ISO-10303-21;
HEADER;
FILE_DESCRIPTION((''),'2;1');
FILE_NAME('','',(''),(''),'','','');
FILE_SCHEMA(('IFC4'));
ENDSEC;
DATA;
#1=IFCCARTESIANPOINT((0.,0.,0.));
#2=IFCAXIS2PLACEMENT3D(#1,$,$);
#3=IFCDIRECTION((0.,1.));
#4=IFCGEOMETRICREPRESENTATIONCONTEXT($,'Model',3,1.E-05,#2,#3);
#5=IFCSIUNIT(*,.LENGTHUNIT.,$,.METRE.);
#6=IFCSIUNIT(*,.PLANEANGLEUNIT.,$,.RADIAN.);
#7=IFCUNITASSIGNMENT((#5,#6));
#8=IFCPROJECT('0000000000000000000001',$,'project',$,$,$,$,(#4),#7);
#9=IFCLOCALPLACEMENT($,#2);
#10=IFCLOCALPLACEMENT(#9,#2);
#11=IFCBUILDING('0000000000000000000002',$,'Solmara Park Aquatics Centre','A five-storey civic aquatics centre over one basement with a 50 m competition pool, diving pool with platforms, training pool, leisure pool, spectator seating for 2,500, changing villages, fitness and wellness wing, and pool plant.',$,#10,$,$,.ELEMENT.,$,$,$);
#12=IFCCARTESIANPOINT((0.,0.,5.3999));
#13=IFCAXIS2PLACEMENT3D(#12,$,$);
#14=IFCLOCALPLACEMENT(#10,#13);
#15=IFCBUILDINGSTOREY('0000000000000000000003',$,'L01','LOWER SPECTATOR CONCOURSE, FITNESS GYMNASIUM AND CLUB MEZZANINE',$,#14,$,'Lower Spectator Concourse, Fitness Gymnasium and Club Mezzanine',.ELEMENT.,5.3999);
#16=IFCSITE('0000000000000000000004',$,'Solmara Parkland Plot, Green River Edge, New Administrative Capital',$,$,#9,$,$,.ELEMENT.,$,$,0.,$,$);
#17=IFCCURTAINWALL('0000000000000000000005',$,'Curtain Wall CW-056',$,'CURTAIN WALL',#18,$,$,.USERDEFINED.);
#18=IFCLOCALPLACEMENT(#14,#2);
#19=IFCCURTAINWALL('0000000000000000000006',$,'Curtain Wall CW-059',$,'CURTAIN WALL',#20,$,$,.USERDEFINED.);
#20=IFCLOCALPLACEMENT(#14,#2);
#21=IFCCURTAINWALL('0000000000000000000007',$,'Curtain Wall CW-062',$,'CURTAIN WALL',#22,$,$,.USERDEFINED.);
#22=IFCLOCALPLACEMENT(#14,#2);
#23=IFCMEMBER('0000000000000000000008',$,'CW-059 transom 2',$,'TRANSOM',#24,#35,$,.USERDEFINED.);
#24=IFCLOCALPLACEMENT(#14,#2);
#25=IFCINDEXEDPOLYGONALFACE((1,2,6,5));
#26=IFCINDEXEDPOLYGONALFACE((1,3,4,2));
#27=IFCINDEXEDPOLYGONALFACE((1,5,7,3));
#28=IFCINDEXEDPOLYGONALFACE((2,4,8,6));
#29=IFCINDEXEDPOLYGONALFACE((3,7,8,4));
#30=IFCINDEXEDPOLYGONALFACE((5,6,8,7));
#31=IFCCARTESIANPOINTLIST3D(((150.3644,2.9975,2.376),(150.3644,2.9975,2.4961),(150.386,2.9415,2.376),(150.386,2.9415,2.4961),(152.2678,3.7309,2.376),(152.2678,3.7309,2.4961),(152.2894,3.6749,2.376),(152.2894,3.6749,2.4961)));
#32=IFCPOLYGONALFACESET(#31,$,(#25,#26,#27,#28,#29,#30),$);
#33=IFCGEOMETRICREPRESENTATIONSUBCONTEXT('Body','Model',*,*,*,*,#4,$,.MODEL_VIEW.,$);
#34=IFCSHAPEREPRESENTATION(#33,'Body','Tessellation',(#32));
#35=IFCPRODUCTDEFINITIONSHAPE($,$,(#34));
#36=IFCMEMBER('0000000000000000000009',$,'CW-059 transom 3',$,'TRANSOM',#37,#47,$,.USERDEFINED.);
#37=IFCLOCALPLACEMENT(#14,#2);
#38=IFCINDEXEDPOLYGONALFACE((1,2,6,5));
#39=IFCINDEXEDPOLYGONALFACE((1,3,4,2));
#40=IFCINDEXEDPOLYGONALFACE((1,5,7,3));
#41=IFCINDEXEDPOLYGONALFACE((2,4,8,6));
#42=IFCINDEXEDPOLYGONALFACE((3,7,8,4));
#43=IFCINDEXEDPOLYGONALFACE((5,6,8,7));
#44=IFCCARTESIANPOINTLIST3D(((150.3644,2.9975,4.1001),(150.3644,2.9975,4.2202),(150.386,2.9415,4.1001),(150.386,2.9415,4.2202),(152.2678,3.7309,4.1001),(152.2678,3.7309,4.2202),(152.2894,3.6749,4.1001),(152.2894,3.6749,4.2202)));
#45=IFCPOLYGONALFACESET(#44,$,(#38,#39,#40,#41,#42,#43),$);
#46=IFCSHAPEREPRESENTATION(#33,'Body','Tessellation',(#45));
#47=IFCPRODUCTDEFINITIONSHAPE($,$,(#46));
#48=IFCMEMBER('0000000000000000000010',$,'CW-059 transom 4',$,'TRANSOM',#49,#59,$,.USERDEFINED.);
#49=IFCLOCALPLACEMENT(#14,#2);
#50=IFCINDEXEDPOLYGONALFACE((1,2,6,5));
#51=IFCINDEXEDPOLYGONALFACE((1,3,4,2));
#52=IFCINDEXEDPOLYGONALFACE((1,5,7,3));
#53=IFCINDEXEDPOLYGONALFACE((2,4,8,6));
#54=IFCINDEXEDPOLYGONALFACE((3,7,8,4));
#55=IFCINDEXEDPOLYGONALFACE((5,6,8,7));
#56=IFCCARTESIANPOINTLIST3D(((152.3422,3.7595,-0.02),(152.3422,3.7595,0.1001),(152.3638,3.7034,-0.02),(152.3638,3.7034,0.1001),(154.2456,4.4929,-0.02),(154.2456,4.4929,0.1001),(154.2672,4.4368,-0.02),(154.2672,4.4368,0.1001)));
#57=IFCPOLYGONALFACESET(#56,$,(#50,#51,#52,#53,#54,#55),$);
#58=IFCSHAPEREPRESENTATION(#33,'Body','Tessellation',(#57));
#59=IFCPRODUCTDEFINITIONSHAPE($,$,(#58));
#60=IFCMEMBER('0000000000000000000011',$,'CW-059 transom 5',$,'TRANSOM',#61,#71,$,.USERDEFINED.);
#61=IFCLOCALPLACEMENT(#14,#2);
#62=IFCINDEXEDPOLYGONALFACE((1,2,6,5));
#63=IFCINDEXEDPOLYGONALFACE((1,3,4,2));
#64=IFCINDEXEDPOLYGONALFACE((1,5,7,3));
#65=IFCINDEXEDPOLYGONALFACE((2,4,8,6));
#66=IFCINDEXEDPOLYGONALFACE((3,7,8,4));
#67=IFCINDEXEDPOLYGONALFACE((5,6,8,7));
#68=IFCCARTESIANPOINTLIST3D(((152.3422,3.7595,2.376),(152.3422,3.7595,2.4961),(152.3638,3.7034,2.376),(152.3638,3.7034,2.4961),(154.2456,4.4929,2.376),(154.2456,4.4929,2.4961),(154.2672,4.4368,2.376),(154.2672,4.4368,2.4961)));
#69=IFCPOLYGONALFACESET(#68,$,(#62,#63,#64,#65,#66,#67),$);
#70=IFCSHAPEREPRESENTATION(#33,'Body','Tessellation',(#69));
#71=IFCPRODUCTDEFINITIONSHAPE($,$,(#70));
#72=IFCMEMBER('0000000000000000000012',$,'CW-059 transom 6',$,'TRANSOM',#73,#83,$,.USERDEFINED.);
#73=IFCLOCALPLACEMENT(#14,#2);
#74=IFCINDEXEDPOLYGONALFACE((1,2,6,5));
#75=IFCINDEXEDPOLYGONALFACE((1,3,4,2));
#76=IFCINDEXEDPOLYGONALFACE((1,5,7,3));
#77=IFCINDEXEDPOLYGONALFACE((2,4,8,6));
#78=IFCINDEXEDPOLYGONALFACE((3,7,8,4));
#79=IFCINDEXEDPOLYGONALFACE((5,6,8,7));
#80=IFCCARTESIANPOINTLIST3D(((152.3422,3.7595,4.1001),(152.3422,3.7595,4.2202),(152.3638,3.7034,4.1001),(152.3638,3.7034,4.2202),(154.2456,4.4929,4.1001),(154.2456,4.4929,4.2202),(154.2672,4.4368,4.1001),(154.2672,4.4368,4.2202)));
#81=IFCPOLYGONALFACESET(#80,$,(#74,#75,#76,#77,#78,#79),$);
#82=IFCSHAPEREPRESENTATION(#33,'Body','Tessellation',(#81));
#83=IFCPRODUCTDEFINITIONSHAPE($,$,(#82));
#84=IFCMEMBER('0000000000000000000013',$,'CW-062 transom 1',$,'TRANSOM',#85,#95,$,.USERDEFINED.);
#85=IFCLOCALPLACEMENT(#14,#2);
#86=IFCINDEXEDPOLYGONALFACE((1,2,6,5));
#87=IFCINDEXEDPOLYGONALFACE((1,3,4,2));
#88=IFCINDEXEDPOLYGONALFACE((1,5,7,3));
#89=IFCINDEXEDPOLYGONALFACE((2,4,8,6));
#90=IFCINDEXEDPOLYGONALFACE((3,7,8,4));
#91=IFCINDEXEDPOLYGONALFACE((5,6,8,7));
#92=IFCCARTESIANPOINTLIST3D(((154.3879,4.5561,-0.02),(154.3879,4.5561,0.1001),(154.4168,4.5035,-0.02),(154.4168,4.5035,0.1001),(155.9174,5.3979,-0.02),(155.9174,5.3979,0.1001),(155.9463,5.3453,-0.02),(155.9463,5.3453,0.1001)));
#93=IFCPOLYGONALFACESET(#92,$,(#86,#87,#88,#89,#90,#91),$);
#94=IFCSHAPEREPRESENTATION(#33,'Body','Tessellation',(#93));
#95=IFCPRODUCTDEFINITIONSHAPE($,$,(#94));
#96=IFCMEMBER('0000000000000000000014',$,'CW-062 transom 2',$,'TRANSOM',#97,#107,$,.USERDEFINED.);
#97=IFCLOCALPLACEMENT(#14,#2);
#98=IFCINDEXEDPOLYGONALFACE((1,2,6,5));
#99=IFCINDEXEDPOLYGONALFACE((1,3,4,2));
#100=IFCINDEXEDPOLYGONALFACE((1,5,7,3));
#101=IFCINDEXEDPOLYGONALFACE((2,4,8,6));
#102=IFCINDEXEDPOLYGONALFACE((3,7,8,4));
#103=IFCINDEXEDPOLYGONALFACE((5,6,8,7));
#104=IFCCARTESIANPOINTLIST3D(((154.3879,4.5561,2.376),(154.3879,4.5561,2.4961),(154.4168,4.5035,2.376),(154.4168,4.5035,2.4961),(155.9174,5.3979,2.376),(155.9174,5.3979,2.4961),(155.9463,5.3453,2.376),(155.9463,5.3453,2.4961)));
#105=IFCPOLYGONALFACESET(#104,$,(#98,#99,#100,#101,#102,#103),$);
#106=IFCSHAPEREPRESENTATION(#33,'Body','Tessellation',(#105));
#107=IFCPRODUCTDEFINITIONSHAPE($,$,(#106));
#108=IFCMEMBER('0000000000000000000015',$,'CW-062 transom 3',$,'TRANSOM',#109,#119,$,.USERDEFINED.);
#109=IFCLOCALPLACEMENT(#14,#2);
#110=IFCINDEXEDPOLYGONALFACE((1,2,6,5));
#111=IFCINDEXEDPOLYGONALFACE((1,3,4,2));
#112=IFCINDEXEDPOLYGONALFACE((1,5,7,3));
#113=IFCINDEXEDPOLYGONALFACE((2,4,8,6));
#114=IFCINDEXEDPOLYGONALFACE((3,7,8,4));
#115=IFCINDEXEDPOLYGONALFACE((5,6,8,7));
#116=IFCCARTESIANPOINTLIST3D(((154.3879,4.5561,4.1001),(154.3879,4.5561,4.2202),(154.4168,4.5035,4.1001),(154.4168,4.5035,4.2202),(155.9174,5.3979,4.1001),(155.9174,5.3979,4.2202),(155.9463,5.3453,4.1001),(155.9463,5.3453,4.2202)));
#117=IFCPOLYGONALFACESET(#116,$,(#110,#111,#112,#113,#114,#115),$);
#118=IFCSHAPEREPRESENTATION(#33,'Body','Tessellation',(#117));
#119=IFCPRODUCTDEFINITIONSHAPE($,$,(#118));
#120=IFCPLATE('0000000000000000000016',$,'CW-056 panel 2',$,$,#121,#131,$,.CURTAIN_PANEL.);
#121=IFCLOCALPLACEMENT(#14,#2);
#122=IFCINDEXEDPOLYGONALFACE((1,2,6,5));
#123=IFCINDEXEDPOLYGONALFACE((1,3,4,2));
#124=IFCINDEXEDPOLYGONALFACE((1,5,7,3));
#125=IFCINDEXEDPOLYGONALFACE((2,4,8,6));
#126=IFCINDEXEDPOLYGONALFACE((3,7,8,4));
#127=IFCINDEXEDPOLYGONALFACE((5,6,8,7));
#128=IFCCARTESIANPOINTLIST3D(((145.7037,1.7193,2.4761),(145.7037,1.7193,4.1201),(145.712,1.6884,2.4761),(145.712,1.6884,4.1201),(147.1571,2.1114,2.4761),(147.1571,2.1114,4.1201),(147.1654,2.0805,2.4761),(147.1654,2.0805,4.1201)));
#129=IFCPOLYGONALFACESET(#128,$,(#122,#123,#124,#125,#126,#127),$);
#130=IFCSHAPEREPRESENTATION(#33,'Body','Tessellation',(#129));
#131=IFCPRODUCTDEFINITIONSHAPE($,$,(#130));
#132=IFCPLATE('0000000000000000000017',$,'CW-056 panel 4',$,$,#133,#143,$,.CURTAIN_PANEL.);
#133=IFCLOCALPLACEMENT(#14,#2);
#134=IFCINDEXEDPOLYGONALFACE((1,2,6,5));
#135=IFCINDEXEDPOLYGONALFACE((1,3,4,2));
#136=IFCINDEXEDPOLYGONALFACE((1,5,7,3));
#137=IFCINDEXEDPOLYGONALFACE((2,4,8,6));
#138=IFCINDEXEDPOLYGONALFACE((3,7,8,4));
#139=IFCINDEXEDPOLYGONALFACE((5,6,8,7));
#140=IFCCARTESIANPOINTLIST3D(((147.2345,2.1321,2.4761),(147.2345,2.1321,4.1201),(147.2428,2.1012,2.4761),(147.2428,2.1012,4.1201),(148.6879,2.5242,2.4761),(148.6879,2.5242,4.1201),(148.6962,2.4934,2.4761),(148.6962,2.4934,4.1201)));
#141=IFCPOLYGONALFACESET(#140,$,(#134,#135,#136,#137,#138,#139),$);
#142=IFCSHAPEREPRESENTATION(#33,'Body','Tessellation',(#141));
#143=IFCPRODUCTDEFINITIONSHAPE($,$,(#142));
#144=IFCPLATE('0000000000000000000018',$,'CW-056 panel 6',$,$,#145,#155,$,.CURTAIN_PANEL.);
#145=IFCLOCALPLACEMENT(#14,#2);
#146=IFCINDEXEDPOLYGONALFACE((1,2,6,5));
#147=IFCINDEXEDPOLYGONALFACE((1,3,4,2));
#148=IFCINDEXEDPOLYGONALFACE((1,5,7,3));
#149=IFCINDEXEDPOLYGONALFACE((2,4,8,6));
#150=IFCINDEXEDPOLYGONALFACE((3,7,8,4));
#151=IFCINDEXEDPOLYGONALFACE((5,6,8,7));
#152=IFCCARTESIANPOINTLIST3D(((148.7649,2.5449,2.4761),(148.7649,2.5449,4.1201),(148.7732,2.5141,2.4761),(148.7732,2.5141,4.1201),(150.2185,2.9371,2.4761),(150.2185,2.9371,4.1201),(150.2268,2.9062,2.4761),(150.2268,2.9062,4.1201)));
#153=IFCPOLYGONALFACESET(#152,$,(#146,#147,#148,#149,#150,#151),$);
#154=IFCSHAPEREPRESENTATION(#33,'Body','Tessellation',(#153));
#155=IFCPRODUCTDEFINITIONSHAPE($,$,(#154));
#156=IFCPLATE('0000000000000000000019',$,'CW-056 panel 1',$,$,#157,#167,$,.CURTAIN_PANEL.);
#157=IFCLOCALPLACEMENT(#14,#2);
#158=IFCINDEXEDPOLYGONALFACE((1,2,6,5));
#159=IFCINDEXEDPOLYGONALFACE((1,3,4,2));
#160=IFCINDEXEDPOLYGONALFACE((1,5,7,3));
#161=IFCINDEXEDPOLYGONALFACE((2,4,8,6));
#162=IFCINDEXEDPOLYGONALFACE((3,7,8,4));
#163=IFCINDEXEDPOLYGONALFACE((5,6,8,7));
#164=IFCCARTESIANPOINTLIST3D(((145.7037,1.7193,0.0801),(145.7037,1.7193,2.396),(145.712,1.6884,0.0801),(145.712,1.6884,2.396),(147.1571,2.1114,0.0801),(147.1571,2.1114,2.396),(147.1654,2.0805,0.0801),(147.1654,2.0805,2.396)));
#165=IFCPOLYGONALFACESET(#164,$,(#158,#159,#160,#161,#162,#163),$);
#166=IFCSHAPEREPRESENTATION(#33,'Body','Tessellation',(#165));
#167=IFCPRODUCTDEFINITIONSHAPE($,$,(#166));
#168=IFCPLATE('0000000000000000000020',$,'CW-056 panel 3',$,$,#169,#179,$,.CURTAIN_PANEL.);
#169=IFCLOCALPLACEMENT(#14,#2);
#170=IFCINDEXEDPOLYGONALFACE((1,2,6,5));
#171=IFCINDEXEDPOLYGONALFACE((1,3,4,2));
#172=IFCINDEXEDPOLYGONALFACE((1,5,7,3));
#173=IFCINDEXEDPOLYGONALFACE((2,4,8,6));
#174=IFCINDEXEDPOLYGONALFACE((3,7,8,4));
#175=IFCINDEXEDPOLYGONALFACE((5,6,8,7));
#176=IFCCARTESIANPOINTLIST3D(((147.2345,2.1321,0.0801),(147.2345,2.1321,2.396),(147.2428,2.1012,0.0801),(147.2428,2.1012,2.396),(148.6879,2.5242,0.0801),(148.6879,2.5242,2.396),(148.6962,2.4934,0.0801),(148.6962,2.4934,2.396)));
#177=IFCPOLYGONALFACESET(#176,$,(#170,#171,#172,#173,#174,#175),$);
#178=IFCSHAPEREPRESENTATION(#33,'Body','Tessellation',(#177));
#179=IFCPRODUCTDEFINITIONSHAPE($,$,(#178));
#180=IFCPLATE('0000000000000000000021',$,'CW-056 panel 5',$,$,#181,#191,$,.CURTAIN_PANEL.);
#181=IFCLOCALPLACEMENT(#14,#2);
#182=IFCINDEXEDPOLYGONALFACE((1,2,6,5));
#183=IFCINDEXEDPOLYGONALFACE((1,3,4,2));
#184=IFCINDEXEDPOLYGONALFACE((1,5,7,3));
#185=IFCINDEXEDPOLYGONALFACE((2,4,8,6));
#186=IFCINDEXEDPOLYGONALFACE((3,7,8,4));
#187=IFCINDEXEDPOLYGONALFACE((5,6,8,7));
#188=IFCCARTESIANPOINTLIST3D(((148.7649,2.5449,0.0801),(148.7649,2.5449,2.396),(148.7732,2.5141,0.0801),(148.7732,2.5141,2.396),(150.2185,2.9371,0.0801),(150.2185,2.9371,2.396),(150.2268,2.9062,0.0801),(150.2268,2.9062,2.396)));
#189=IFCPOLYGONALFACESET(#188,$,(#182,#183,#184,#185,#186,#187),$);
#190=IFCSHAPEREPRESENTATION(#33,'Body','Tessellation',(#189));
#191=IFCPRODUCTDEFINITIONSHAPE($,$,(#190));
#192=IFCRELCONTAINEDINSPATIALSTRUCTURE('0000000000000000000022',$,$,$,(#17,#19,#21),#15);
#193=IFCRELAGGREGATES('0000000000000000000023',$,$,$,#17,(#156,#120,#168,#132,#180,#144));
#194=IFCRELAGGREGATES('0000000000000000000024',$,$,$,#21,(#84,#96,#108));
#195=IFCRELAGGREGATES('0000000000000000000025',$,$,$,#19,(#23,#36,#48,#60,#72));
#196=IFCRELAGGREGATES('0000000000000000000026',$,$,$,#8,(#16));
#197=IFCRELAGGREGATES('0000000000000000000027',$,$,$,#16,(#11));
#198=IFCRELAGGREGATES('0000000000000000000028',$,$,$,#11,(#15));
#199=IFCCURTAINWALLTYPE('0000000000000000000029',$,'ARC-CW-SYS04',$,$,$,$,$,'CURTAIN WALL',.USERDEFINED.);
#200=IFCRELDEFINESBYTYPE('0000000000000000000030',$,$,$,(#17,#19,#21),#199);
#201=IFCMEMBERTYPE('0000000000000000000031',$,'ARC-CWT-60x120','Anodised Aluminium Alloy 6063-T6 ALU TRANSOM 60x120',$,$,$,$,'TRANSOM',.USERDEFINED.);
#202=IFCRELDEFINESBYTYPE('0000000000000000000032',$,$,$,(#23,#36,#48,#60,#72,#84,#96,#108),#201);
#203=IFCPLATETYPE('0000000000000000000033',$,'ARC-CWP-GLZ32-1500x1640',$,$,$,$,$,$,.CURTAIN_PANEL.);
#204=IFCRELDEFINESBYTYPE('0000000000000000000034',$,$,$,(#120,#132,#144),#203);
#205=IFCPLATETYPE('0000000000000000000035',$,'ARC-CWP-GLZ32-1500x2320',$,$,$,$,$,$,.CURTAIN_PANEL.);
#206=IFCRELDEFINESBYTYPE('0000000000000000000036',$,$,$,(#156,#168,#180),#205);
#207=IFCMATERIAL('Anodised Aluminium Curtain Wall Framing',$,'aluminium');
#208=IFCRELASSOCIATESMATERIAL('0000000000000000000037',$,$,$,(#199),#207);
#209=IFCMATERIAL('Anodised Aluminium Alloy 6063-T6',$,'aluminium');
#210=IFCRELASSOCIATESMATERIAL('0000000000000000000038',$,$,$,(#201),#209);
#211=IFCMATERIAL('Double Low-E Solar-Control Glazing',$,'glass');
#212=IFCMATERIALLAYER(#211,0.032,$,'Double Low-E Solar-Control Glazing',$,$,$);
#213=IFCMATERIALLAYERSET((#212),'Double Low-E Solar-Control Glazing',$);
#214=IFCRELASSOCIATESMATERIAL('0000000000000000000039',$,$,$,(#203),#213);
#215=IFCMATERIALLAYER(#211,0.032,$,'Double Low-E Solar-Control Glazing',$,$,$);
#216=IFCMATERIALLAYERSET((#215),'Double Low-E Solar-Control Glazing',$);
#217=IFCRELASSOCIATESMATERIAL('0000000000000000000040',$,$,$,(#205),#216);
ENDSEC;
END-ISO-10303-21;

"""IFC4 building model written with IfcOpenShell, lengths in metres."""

from ifc_helpers import new_model, si_unit, direction, frame, origin, origin_2d, place, context, subcontext, project, spatial, rectangle, extrude, material, layer, layer_set, material_profile, profile_set, type_object, element, aggregate, save


model = new_model("IFC4")

# Units and contexts
model_context = context("Model", 3, precision=1e-05, world=origin(), true_north=direction((0.0, 1.0)))
body_context = subcontext(model_context, "Body", "Model", "MODEL_VIEW")
ifc_project = project(units=[si_unit("LENGTHUNIT", "METRE"), si_unit("PLANEANGLEUNIT", "RADIAN")], contexts=[model_context])

# Site, building, storey
site_placement = place(None, origin())
site = spatial("IfcSite", under=ifc_project, at=site_placement, Name="Solmara Parkland Plot, Green River Edge, New Administrative Capital", CompositionType="ELEMENT", RefElevation=0.0)
building_placement = place(site_placement, origin())
building = spatial("IfcBuilding", under=site, at=building_placement, Name="Solmara Park Aquatics Centre", Description="A five-storey civic aquatics centre over one basement with a 50 m competition pool, diving pool with platforms, training pool, leisure pool, spectator seating for 2,500, changing villages, fitness and wellness wing, and pool plant.", CompositionType="ELEMENT")
storey_placement = place(building_placement, frame((0.0, 0.0, 5.3999)))
storey = spatial("IfcBuildingStorey", under=building, at=storey_placement, Name="L01", Description="LOWER SPECTATOR CONCOURSE, FITNESS GYMNASIUM AND CLUB MEZZANINE", LongName="Lower Spectator Concourse, Fitness Gymnasium and Club Mezzanine", CompositionType="ELEMENT", Elevation=5.3999)

# Curtain walls
ifc_material_1 = material(Name="Anodised Aluminium Curtain Wall Framing", Category="aluminium")
curtain_wall_type = type_object("IfcCurtainWallType", Name="ARC-CW-SYS04", ElementType="CURTAIN WALL", PredefinedType="USERDEFINED", material=ifc_material_1)
curtain_wall_1_placement = place(storey_placement, origin())
curtain_wall_1 = element("IfcCurtainWall", 1, at=curtain_wall_1_placement, inside=storey, type_object=curtain_wall_type, Name="Curtain Wall CW-056", ObjectType="CURTAIN WALL", PredefinedType="USERDEFINED")
ifc_material_2 = material(Name="Anodised Aluminium Alloy 6063-T6", Category="aluminium")
curtain_wall_2_placement = place(storey_placement, origin())
curtain_wall_2 = element("IfcCurtainWall", 2, at=curtain_wall_2_placement, inside=storey, type_object=curtain_wall_type, Name="Curtain Wall CW-059", ObjectType="CURTAIN WALL", PredefinedType="USERDEFINED")

# Curtain wall
curtain_wall_3_placement = place(storey_placement, origin())
curtain_wall_3 = element("IfcCurtainWall", 3, at=curtain_wall_3_placement, inside=storey, type_object=curtain_wall_type, Name="Curtain Wall CW-062", ObjectType="CURTAIN WALL", PredefinedType="USERDEFINED")

# Members
ifc_material_profile_1 = material_profile(ifc_material_2, rectangle(XDim=0.0601, YDim=0.1201, at=origin_2d()), Name="ALU TRANSOM 60x120")
ifc_profile_set_1 = profile_set([ifc_material_profile_1], Name="Anodised Aluminium Alloy 6063-T6")
member_type_1 = type_object("IfcMemberType", Name="ARC-CWT-60x120", Description="Anodised Aluminium Alloy 6063-T6 ALU TRANSOM 60x120", ElementType="TRANSOM", PredefinedType="USERDEFINED", material=ifc_profile_set_1)
member_1_placement = place(storey_placement, frame((150.3752, 2.9695, 2.436), z_axis=(0.933123, 0.359556, 0.0), x_axis=(-0.359556, 0.933123, 0.0)))
member_1 = element("IfcMember", 4, at=member_1_placement, type_object=member_type_1, Name="CW-059 transom 2", ObjectType="TRANSOM", PredefinedType="USERDEFINED", context=body_context, shape_type="SweptSolid", body=[
    extrude(rectangle(XDim=0.0601, YDim=0.1201, at=origin_2d()), origin(), (0.0, 0.0, 1.0), 2.0398),
])
member_2_placement = place(storey_placement, frame((150.3752, 2.9695, 4.1602), z_axis=(0.933123, 0.359556, 0.0), x_axis=(-0.359556, 0.933123, 0.0)))
member_2 = element("IfcMember", 5, at=member_2_placement, type_object=member_type_1, Name="CW-059 transom 3", ObjectType="TRANSOM", PredefinedType="USERDEFINED", context=body_context, shape_type="SweptSolid", body=[
    extrude(rectangle(XDim=0.0601, YDim=0.1201, at=origin_2d()), origin(), (0.0, 0.0, 1.0), 2.0398),
])
member_3_placement = place(storey_placement, frame((152.353, 3.7314, 0.04), z_axis=(0.933123, 0.359556, 0.0), x_axis=(-0.359556, 0.933123, 0.0)))
member_3 = element("IfcMember", 6, at=member_3_placement, type_object=member_type_1, Name="CW-059 transom 4", ObjectType="TRANSOM", PredefinedType="USERDEFINED", context=body_context, shape_type="SweptSolid", body=[
    extrude(rectangle(XDim=0.0601, YDim=0.1201, at=origin_2d()), origin(), (0.0, 0.0, 1.0), 2.0398),
])
member_4_placement = place(storey_placement, frame((152.353, 3.7314, 2.436), z_axis=(0.933123, 0.359556, 0.0), x_axis=(-0.359556, 0.933123, 0.0)))
member_4 = element("IfcMember", 7, at=member_4_placement, type_object=member_type_1, Name="CW-059 transom 5", ObjectType="TRANSOM", PredefinedType="USERDEFINED", context=body_context, shape_type="SweptSolid", body=[
    extrude(rectangle(XDim=0.0601, YDim=0.1201, at=origin_2d()), origin(), (0.0, 0.0, 1.0), 2.0398),
])
member_5_placement = place(storey_placement, frame((152.353, 3.7314, 4.1602), z_axis=(0.933123, 0.359556, 0.0), x_axis=(-0.359556, 0.933123, 0.0)))
member_5 = element("IfcMember", 8, at=member_5_placement, type_object=member_type_1, Name="CW-059 transom 6", ObjectType="TRANSOM", PredefinedType="USERDEFINED", context=body_context, shape_type="SweptSolid", body=[
    extrude(rectangle(XDim=0.0601, YDim=0.1201, at=origin_2d()), origin(), (0.0, 0.0, 1.0), 2.0398),
])
member_6_placement = place(storey_placement, frame((154.4023, 4.5298, 0.04), z_axis=(0.876083, 0.48216, 0.0), x_axis=(-0.48216, 0.876083, 0.0)))
member_6 = element("IfcMember", 9, at=member_6_placement, type_object=member_type_1, Name="CW-062 transom 1", ObjectType="TRANSOM", PredefinedType="USERDEFINED", context=body_context, shape_type="SweptSolid", body=[
    extrude(rectangle(XDim=0.0601, YDim=0.1201, at=origin_2d()), origin(), (0.0, 0.0, 1.0), 1.7458),
])
member_7_placement = place(storey_placement, frame((154.4023, 4.5298, 2.436), z_axis=(0.876083, 0.48216, 0.0), x_axis=(-0.48216, 0.876083, 0.0)))
member_7 = element("IfcMember", 10, at=member_7_placement, type_object=member_type_1, Name="CW-062 transom 2", ObjectType="TRANSOM", PredefinedType="USERDEFINED", context=body_context, shape_type="SweptSolid", body=[
    extrude(rectangle(XDim=0.0601, YDim=0.1201, at=origin_2d()), origin(), (0.0, 0.0, 1.0), 1.7458),
])
member_8_placement = place(storey_placement, frame((154.4023, 4.5298, 4.1602), z_axis=(0.876083, 0.48216, 0.0), x_axis=(-0.48216, 0.876083, 0.0)))
member_8 = element("IfcMember", 11, at=member_8_placement, type_object=member_type_1, Name="CW-062 transom 3", ObjectType="TRANSOM", PredefinedType="USERDEFINED", context=body_context, shape_type="SweptSolid", body=[
    extrude(rectangle(XDim=0.0601, YDim=0.1201, at=origin_2d()), origin(), (0.0, 0.0, 1.0), 1.7458),
])

# Plates
ifc_material_3 = material(Name="Double Low-E Solar-Control Glazing", Category="glass")
ifc_layer_1 = layer(ifc_material_3, 0.032, Name="Double Low-E Solar-Control Glazing")
ifc_layer_set_1 = layer_set([ifc_layer_1], Name="Double Low-E Solar-Control Glazing")
plate_type_1 = type_object("IfcPlateType", Name="ARC-CWP-GLZ32-1500x1640", PredefinedType="CURTAIN_PANEL", material=ifc_layer_set_1)
plate_1_placement = place(storey_placement, frame((146.4346, 1.8999, 2.4761), z_axis=(0.0, 0.0, 1.0), x_axis=(0.96548, 0.260476, 0.0)))
plate_1 = element("IfcPlate", 12, at=plate_1_placement, type_object=plate_type_1, Name="CW-056 panel 2", PredefinedType="CURTAIN_PANEL", context=body_context, shape_type="SweptSolid", body=[
    extrude(rectangle(XDim=1.5054, YDim=0.032, at=origin_2d()), origin(), (0.0, 0.0, 1.0), 1.644),
])
plate_2_placement = place(storey_placement, frame((147.9653, 2.3127, 2.4761), z_axis=(0.0, 0.0, 1.0), x_axis=(0.96548, 0.260476, 0.0)))
plate_2 = element("IfcPlate", 13, at=plate_2_placement, type_object=plate_type_1, Name="CW-056 panel 4", PredefinedType="CURTAIN_PANEL", context=body_context, shape_type="SweptSolid", body=[
    extrude(rectangle(XDim=1.5054, YDim=0.032, at=origin_2d()), origin(), (0.0, 0.0, 1.0), 1.644),
])
plate_3_placement = place(storey_placement, frame((149.4958, 2.7256, 2.4761), z_axis=(0.0, 0.0, 1.0), x_axis=(0.96548, 0.260476, 0.0)))
plate_3 = element("IfcPlate", 14, at=plate_3_placement, type_object=plate_type_1, Name="CW-056 panel 6", PredefinedType="CURTAIN_PANEL", context=body_context, shape_type="SweptSolid", body=[
    extrude(rectangle(XDim=1.5056, YDim=0.032, at=origin_2d()), origin(), (0.0, 0.0, 1.0), 1.644),
])
ifc_layer_2 = layer(ifc_material_3, 0.032, Name="Double Low-E Solar-Control Glazing")
ifc_layer_set_2 = layer_set([ifc_layer_2], Name="Double Low-E Solar-Control Glazing")
plate_type_2 = type_object("IfcPlateType", Name="ARC-CWP-GLZ32-1500x2320", PredefinedType="CURTAIN_PANEL", material=ifc_layer_set_2)
plate_4_placement = place(storey_placement, frame((146.4346, 1.8999, 0.0801), z_axis=(0.0, 0.0, 1.0), x_axis=(0.96548, 0.260476, 0.0)))
plate_4 = element("IfcPlate", 15, at=plate_4_placement, type_object=plate_type_2, Name="CW-056 panel 1", PredefinedType="CURTAIN_PANEL", context=body_context, shape_type="SweptSolid", body=[
    extrude(rectangle(XDim=1.5054, YDim=0.032, at=origin_2d()), origin(), (0.0, 0.0, 1.0), 2.3159),
])
plate_5_placement = place(storey_placement, frame((147.9653, 2.3127, 0.0801), z_axis=(0.0, 0.0, 1.0), x_axis=(0.96548, 0.260476, 0.0)))
plate_5 = element("IfcPlate", 16, at=plate_5_placement, type_object=plate_type_2, Name="CW-056 panel 3", PredefinedType="CURTAIN_PANEL", context=body_context, shape_type="SweptSolid", body=[
    extrude(rectangle(XDim=1.5054, YDim=0.032, at=origin_2d()), origin(), (0.0, 0.0, 1.0), 2.3159),
])
plate_6_placement = place(storey_placement, frame((149.4958, 2.7256, 0.0801), z_axis=(0.0, 0.0, 1.0), x_axis=(0.96548, 0.260476, 0.0)))
plate_6 = element("IfcPlate", 17, at=plate_6_placement, type_object=plate_type_2, Name="CW-056 panel 5", PredefinedType="CURTAIN_PANEL", context=body_context, shape_type="SweptSolid", body=[
    extrude(rectangle(XDim=1.5056, YDim=0.032, at=origin_2d()), origin(), (0.0, 0.0, 1.0), 2.3159),
])
aggregate(curtain_wall_1, [plate_4, plate_1, plate_5, plate_2, plate_6, plate_3])
aggregate(curtain_wall_3, [member_6, member_7, member_8])
aggregate(curtain_wall_2, [member_1, member_2, member_3, member_4, member_5])

save(model, "model.ifc")
